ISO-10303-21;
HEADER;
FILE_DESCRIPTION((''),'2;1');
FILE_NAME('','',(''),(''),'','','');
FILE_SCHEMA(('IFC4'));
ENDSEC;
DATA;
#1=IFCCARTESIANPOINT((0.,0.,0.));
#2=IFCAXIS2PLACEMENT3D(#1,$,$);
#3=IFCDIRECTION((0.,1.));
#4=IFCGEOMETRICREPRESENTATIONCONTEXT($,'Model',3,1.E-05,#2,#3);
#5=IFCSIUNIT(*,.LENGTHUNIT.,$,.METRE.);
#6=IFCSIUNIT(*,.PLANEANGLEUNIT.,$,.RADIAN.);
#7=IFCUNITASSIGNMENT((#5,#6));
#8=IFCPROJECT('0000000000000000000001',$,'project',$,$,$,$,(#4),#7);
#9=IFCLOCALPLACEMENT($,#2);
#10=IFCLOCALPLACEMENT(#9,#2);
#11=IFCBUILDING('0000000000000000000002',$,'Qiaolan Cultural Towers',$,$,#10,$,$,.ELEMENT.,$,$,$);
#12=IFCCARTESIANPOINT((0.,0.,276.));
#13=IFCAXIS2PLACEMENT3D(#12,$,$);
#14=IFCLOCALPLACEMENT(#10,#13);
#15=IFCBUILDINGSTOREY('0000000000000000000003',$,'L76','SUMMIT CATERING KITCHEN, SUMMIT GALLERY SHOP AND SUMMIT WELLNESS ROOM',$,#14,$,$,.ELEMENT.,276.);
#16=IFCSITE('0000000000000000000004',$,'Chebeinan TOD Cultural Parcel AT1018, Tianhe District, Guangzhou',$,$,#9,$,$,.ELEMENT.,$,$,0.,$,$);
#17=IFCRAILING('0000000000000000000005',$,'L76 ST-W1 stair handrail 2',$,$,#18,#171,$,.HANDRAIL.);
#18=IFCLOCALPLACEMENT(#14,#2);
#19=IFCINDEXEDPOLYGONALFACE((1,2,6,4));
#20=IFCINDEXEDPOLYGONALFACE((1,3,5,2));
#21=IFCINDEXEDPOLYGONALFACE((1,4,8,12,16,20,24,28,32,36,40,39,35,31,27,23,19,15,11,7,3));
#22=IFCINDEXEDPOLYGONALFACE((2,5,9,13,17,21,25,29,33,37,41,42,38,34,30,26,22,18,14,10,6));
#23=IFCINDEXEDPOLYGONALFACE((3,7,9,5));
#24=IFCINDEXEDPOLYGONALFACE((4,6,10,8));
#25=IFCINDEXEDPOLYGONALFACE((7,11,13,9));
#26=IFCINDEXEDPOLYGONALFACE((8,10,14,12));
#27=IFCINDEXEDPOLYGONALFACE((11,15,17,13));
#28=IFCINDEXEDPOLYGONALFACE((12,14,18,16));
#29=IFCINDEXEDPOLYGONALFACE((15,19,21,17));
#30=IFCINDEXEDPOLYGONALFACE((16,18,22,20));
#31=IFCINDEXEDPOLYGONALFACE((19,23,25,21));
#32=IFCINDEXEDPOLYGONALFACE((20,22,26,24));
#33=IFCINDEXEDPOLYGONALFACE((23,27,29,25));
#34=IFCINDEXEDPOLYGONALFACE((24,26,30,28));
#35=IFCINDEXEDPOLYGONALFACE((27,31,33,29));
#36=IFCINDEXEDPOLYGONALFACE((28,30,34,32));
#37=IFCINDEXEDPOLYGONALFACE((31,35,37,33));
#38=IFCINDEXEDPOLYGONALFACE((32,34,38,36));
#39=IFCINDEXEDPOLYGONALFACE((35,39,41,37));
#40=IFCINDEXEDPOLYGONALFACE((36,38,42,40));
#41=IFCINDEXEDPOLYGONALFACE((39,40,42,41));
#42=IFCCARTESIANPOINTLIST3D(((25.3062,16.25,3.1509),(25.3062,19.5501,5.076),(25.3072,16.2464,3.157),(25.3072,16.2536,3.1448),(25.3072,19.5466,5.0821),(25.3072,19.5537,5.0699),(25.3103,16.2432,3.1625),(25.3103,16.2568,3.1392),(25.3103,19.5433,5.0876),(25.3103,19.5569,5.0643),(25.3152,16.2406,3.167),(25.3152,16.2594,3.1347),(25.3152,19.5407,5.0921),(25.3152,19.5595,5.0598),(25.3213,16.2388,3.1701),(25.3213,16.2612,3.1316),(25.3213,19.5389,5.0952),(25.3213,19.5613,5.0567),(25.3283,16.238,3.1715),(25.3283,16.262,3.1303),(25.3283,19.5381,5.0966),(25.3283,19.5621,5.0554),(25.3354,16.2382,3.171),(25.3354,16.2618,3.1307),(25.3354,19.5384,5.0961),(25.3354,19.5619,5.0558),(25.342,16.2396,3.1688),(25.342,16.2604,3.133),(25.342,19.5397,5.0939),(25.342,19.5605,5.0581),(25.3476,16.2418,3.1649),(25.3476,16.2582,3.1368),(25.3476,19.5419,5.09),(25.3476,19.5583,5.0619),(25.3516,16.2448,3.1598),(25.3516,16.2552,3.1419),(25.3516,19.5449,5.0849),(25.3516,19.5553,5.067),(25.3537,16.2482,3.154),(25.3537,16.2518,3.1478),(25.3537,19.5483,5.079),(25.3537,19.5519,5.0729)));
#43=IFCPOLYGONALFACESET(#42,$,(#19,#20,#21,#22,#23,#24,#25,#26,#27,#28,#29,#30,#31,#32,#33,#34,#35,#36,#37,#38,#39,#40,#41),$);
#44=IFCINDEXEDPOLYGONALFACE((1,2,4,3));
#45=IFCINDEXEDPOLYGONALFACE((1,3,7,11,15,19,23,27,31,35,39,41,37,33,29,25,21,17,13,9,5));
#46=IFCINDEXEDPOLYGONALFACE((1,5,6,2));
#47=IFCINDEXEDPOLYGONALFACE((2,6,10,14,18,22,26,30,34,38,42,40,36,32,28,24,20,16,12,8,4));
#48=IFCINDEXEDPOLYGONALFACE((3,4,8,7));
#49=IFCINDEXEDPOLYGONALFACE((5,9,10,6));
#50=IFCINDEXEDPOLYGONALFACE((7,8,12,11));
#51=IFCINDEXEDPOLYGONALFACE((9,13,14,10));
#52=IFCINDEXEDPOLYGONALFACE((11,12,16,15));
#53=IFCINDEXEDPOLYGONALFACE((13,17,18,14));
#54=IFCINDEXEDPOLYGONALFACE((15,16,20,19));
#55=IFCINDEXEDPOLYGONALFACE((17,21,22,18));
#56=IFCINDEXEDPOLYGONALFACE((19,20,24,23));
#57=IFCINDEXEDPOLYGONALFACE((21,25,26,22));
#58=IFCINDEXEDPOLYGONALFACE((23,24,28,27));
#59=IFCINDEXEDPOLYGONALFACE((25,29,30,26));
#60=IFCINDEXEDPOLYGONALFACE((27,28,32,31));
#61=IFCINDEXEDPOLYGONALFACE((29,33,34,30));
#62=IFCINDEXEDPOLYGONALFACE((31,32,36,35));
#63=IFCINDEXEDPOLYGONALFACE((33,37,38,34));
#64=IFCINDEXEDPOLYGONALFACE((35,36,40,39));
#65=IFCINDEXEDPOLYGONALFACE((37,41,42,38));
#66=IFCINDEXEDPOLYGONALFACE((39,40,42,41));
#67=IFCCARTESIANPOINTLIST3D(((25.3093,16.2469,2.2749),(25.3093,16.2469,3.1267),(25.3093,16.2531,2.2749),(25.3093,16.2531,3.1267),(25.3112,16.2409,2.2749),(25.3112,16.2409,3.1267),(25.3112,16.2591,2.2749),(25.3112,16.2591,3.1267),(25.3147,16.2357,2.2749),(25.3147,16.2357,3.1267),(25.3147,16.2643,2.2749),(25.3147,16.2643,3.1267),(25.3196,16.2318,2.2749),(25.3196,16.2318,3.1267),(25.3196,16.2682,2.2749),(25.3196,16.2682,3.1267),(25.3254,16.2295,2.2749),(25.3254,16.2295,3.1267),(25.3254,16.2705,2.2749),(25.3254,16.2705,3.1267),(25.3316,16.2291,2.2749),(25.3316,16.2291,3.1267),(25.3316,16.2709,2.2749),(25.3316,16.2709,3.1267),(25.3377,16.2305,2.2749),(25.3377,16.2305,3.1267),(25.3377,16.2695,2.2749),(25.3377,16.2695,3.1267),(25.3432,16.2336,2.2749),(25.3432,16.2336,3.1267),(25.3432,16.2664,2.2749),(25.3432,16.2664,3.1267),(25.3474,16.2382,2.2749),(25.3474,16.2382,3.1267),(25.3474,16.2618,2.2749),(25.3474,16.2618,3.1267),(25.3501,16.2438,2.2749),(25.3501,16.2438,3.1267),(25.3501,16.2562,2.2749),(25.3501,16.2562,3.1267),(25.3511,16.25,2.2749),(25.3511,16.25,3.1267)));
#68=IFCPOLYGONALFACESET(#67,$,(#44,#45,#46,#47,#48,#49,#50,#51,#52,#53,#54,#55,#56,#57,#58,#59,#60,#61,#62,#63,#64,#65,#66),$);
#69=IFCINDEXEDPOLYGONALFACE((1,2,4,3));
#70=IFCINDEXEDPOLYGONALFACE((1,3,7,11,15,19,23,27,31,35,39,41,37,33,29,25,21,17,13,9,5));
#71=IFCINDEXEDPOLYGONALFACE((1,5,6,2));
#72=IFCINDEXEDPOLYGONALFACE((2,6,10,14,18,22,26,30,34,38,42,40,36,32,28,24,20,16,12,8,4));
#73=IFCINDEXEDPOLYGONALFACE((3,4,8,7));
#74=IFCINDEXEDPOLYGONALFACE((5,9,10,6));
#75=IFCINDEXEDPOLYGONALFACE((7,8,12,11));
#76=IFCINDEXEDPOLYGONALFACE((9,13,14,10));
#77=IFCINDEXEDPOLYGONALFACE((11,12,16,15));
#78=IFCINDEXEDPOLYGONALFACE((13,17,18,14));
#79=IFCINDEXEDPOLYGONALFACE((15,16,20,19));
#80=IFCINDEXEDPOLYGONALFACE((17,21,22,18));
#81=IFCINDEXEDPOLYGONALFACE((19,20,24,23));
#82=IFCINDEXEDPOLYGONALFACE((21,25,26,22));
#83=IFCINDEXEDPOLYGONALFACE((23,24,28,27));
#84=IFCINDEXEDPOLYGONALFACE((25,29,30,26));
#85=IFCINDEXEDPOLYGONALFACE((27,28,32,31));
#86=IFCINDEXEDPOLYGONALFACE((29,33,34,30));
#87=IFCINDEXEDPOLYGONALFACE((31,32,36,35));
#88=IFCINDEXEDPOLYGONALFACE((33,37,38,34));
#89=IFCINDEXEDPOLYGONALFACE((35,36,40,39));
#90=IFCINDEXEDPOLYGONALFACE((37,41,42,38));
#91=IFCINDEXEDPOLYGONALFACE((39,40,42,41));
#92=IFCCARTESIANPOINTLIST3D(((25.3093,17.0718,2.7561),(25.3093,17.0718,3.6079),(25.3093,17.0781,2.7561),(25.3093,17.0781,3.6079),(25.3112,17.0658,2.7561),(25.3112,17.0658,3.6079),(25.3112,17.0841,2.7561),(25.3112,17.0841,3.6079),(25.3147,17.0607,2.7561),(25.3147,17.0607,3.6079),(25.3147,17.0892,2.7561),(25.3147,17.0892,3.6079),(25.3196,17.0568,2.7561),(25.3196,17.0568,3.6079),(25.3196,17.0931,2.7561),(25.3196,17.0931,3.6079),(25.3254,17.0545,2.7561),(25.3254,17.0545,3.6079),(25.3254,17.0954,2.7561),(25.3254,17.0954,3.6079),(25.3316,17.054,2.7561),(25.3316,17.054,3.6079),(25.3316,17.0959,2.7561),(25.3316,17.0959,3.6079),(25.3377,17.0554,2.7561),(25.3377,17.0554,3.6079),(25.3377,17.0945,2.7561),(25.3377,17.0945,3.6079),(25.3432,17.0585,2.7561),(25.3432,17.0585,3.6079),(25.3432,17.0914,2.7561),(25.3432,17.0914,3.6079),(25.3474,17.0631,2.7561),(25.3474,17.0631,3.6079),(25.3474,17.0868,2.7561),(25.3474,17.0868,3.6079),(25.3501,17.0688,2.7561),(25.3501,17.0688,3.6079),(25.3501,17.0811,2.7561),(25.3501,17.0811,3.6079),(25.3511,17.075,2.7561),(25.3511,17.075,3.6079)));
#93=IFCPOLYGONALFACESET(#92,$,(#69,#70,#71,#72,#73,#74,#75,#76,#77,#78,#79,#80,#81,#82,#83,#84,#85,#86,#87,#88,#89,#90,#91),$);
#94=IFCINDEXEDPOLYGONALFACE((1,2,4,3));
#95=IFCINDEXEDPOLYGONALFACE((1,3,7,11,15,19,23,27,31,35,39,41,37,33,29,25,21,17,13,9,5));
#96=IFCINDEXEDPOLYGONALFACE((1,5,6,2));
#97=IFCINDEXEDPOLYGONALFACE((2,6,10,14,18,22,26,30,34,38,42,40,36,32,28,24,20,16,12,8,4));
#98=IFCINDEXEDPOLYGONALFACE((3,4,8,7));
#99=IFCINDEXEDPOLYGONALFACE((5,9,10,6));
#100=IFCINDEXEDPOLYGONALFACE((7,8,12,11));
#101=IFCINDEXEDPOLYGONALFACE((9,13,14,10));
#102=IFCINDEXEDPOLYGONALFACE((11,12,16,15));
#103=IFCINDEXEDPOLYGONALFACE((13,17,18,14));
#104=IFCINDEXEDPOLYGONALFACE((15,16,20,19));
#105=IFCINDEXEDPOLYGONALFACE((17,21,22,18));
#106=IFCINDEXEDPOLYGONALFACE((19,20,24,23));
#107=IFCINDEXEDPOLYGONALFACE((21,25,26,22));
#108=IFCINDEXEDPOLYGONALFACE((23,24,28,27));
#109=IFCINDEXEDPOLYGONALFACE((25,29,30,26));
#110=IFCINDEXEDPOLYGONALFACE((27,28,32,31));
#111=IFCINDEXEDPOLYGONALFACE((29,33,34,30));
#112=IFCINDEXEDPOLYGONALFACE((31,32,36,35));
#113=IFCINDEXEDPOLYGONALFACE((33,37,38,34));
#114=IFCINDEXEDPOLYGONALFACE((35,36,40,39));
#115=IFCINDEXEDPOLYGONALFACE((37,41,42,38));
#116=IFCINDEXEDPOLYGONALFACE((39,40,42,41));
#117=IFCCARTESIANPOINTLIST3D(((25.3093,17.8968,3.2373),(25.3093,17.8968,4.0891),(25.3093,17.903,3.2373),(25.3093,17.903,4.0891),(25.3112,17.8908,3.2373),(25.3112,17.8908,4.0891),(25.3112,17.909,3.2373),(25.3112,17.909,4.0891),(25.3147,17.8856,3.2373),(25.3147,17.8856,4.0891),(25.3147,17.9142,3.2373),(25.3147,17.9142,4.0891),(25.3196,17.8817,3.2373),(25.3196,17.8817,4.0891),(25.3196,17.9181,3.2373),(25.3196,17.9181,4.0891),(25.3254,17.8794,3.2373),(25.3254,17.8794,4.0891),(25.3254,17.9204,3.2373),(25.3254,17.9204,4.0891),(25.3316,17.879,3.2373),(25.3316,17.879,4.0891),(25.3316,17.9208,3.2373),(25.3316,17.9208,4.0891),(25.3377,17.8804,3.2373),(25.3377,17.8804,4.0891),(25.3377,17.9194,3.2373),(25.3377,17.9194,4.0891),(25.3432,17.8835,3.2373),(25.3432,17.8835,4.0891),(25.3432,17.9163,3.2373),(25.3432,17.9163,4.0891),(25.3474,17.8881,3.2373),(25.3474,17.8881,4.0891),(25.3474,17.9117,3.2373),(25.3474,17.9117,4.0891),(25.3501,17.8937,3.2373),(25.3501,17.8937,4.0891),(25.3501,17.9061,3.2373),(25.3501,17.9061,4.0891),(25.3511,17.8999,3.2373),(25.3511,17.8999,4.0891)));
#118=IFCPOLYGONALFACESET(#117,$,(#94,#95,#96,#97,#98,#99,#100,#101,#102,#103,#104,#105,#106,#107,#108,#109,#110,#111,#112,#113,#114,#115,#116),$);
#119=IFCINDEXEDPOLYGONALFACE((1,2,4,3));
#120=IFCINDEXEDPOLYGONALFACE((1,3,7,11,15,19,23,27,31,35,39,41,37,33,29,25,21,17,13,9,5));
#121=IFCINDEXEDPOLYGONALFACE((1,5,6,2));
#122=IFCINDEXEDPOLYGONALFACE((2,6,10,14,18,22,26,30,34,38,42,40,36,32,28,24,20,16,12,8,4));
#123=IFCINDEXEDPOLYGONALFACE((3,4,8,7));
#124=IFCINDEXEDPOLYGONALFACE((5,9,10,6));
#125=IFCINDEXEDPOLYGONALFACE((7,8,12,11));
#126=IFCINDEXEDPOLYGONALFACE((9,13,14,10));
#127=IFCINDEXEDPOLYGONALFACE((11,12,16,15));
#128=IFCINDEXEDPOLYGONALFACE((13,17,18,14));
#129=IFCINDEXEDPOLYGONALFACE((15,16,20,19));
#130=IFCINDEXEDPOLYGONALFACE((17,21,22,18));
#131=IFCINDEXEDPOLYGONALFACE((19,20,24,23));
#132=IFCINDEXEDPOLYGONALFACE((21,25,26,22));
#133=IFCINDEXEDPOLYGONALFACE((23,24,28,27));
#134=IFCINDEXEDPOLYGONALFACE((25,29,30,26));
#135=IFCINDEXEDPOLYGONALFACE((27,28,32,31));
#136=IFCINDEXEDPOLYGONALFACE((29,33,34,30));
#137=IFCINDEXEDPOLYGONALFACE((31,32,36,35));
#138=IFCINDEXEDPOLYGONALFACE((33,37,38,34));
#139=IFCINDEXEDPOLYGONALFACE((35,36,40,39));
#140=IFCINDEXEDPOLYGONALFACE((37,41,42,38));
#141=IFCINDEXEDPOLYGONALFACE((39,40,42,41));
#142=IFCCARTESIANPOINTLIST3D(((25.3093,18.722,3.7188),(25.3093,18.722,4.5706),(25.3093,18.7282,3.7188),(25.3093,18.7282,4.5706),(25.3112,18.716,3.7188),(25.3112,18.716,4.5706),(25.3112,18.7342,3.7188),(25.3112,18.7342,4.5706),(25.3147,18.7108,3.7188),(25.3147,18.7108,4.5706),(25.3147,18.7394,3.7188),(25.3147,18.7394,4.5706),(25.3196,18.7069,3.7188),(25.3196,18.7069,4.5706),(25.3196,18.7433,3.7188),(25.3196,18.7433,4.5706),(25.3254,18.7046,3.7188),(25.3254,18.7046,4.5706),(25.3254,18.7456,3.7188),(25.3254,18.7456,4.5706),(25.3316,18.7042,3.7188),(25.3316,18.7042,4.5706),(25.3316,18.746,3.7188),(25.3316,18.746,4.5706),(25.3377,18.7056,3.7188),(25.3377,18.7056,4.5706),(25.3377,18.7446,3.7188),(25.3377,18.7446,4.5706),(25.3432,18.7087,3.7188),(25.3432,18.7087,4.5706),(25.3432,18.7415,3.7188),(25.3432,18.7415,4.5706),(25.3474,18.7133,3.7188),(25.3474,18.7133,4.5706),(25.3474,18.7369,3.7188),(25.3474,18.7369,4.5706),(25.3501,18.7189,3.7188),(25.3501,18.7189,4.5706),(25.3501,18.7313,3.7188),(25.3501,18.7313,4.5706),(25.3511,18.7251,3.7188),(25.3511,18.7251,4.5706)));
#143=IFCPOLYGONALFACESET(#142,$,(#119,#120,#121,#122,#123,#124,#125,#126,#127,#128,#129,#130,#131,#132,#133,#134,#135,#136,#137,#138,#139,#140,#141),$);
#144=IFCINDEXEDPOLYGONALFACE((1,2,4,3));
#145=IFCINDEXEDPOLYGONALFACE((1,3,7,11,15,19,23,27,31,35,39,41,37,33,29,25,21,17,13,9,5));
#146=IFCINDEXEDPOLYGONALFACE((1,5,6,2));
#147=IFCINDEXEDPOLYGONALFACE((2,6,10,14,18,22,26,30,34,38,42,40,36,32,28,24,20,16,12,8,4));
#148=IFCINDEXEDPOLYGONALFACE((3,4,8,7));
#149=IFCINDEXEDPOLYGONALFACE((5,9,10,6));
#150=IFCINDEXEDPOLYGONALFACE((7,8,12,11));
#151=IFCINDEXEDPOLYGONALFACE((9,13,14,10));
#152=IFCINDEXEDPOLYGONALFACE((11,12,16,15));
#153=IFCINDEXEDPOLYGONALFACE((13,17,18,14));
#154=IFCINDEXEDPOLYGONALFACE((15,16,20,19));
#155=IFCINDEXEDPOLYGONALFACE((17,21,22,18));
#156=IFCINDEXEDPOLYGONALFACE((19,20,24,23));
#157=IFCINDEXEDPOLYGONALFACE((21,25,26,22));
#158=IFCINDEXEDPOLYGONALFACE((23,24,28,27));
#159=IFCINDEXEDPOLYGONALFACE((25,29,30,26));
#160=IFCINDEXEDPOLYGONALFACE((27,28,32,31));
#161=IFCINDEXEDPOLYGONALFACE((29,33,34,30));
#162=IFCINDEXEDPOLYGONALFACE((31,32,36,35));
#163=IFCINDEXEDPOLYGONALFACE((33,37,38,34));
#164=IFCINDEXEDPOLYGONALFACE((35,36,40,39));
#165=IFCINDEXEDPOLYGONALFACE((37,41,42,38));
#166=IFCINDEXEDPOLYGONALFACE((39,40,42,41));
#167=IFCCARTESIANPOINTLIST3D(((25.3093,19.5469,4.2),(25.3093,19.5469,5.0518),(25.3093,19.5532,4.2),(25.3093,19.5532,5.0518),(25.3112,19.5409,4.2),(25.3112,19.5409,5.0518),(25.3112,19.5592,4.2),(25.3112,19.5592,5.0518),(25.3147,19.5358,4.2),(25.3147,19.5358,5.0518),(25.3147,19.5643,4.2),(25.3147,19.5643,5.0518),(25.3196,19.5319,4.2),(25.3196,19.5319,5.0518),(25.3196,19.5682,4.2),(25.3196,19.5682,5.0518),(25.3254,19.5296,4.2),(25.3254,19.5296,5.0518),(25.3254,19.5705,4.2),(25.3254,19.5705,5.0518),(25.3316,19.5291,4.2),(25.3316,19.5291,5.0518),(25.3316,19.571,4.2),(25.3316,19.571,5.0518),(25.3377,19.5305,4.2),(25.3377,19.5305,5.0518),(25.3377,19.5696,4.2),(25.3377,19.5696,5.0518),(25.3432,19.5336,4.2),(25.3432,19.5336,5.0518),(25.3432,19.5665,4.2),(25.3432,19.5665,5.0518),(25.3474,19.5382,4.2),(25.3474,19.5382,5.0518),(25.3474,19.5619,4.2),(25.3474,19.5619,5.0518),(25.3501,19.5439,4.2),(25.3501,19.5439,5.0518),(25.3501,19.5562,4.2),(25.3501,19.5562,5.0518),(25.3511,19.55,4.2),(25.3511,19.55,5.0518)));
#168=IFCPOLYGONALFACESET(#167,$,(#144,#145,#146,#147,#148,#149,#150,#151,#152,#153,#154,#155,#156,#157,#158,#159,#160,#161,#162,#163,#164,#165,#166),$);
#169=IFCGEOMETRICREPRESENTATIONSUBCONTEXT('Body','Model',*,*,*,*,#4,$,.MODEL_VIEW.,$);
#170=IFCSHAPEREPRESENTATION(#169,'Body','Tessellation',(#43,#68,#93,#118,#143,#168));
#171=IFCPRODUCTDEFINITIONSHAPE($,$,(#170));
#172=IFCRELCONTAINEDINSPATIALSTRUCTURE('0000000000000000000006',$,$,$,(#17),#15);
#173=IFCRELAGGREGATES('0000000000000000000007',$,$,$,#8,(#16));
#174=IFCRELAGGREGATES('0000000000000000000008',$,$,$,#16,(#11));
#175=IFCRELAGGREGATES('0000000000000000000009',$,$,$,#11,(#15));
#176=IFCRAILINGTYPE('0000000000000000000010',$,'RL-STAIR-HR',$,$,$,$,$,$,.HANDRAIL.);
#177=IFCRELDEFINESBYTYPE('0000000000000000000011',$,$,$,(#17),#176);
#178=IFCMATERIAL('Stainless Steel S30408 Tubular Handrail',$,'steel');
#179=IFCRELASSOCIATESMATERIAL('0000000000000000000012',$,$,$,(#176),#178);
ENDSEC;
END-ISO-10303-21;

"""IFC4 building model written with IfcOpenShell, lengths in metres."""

from ifc_helpers import new_model, si_unit, direction, frame, origin, origin_2d, place, context, subcontext, project, spatial, circle, extrude, material, type_object, element, save


model = new_model("IFC4")

# Units and contexts
model_context = context("Model", 3, precision=1e-05, world=origin(), true_north=direction((0.0, 1.0)))
body_context = subcontext(model_context, "Body", "Model", "MODEL_VIEW")
ifc_project = project(units=[si_unit("LENGTHUNIT", "METRE"), si_unit("PLANEANGLEUNIT", "RADIAN")], contexts=[model_context])

# Site, building, storey
site_placement = place(None, origin())
site = spatial("IfcSite", under=ifc_project, at=site_placement, Name="Chebeinan TOD Cultural Parcel AT1018, Tianhe District, Guangzhou", CompositionType="ELEMENT", RefElevation=0.0)
building_placement = place(site_placement, origin())
building = spatial("IfcBuilding", under=site, at=building_placement, Name="Qiaolan Cultural Towers", CompositionType="ELEMENT")
storey_placement = place(building_placement, frame((0.0, 0.0, 276.0)))
storey = spatial("IfcBuildingStorey", under=building, at=storey_placement, Name="L76", Description="SUMMIT CATERING KITCHEN, SUMMIT GALLERY SHOP AND SUMMIT WELLNESS ROOM", CompositionType="ELEMENT", Elevation=276.0)

# Railing
ifc_material_1 = material(Name="Stainless Steel S30408 Tubular Handrail", Category="steel")
railing_type = type_object("IfcRailingType", Name="RL-STAIR-HR", PredefinedType="HANDRAIL", material=ifc_material_1)
railing_placement = place(storey_placement, frame((25.3301, 16.25, 2.2749)))
element("IfcRailing", 1, at=railing_placement, inside=storey, type_object=railing_type, Name="L76 ST-W1 stair handrail 2", PredefinedType="HANDRAIL", context=body_context, shape_type="SweptSolid", body=[
    extrude(circle(Radius=0.0239, at=origin_2d()), frame((0.0, 0.0, 0.876), z_axis=(0.0, 0.863777, 0.503875), x_axis=(-1.0, 0.0, 0.0)), (0.0, 0.0, 1.0), 3.8206),
    extrude(circle(Radius=0.021, at=origin_2d()), origin(), (0.0, 0.0, 1.0), 0.8518),
    extrude(circle(Radius=0.021, at=origin_2d()), frame((0.0, 0.825, 0.4812)), (0.0, 0.0, 1.0), 0.8518),
    extrude(circle(Radius=0.021, at=origin_2d()), frame((0.0, 1.6499, 0.9624)), (0.0, 0.0, 1.0), 0.8518),
    extrude(circle(Radius=0.021, at=origin_2d()), frame((0.0, 2.4751, 1.4438)), (0.0, 0.0, 1.0), 0.8518),
    extrude(circle(Radius=0.021, at=origin_2d()), frame((0.0, 3.3, 1.925)), (0.0, 0.0, 1.0), 0.8518),
])

save(model, "model.ifc")
